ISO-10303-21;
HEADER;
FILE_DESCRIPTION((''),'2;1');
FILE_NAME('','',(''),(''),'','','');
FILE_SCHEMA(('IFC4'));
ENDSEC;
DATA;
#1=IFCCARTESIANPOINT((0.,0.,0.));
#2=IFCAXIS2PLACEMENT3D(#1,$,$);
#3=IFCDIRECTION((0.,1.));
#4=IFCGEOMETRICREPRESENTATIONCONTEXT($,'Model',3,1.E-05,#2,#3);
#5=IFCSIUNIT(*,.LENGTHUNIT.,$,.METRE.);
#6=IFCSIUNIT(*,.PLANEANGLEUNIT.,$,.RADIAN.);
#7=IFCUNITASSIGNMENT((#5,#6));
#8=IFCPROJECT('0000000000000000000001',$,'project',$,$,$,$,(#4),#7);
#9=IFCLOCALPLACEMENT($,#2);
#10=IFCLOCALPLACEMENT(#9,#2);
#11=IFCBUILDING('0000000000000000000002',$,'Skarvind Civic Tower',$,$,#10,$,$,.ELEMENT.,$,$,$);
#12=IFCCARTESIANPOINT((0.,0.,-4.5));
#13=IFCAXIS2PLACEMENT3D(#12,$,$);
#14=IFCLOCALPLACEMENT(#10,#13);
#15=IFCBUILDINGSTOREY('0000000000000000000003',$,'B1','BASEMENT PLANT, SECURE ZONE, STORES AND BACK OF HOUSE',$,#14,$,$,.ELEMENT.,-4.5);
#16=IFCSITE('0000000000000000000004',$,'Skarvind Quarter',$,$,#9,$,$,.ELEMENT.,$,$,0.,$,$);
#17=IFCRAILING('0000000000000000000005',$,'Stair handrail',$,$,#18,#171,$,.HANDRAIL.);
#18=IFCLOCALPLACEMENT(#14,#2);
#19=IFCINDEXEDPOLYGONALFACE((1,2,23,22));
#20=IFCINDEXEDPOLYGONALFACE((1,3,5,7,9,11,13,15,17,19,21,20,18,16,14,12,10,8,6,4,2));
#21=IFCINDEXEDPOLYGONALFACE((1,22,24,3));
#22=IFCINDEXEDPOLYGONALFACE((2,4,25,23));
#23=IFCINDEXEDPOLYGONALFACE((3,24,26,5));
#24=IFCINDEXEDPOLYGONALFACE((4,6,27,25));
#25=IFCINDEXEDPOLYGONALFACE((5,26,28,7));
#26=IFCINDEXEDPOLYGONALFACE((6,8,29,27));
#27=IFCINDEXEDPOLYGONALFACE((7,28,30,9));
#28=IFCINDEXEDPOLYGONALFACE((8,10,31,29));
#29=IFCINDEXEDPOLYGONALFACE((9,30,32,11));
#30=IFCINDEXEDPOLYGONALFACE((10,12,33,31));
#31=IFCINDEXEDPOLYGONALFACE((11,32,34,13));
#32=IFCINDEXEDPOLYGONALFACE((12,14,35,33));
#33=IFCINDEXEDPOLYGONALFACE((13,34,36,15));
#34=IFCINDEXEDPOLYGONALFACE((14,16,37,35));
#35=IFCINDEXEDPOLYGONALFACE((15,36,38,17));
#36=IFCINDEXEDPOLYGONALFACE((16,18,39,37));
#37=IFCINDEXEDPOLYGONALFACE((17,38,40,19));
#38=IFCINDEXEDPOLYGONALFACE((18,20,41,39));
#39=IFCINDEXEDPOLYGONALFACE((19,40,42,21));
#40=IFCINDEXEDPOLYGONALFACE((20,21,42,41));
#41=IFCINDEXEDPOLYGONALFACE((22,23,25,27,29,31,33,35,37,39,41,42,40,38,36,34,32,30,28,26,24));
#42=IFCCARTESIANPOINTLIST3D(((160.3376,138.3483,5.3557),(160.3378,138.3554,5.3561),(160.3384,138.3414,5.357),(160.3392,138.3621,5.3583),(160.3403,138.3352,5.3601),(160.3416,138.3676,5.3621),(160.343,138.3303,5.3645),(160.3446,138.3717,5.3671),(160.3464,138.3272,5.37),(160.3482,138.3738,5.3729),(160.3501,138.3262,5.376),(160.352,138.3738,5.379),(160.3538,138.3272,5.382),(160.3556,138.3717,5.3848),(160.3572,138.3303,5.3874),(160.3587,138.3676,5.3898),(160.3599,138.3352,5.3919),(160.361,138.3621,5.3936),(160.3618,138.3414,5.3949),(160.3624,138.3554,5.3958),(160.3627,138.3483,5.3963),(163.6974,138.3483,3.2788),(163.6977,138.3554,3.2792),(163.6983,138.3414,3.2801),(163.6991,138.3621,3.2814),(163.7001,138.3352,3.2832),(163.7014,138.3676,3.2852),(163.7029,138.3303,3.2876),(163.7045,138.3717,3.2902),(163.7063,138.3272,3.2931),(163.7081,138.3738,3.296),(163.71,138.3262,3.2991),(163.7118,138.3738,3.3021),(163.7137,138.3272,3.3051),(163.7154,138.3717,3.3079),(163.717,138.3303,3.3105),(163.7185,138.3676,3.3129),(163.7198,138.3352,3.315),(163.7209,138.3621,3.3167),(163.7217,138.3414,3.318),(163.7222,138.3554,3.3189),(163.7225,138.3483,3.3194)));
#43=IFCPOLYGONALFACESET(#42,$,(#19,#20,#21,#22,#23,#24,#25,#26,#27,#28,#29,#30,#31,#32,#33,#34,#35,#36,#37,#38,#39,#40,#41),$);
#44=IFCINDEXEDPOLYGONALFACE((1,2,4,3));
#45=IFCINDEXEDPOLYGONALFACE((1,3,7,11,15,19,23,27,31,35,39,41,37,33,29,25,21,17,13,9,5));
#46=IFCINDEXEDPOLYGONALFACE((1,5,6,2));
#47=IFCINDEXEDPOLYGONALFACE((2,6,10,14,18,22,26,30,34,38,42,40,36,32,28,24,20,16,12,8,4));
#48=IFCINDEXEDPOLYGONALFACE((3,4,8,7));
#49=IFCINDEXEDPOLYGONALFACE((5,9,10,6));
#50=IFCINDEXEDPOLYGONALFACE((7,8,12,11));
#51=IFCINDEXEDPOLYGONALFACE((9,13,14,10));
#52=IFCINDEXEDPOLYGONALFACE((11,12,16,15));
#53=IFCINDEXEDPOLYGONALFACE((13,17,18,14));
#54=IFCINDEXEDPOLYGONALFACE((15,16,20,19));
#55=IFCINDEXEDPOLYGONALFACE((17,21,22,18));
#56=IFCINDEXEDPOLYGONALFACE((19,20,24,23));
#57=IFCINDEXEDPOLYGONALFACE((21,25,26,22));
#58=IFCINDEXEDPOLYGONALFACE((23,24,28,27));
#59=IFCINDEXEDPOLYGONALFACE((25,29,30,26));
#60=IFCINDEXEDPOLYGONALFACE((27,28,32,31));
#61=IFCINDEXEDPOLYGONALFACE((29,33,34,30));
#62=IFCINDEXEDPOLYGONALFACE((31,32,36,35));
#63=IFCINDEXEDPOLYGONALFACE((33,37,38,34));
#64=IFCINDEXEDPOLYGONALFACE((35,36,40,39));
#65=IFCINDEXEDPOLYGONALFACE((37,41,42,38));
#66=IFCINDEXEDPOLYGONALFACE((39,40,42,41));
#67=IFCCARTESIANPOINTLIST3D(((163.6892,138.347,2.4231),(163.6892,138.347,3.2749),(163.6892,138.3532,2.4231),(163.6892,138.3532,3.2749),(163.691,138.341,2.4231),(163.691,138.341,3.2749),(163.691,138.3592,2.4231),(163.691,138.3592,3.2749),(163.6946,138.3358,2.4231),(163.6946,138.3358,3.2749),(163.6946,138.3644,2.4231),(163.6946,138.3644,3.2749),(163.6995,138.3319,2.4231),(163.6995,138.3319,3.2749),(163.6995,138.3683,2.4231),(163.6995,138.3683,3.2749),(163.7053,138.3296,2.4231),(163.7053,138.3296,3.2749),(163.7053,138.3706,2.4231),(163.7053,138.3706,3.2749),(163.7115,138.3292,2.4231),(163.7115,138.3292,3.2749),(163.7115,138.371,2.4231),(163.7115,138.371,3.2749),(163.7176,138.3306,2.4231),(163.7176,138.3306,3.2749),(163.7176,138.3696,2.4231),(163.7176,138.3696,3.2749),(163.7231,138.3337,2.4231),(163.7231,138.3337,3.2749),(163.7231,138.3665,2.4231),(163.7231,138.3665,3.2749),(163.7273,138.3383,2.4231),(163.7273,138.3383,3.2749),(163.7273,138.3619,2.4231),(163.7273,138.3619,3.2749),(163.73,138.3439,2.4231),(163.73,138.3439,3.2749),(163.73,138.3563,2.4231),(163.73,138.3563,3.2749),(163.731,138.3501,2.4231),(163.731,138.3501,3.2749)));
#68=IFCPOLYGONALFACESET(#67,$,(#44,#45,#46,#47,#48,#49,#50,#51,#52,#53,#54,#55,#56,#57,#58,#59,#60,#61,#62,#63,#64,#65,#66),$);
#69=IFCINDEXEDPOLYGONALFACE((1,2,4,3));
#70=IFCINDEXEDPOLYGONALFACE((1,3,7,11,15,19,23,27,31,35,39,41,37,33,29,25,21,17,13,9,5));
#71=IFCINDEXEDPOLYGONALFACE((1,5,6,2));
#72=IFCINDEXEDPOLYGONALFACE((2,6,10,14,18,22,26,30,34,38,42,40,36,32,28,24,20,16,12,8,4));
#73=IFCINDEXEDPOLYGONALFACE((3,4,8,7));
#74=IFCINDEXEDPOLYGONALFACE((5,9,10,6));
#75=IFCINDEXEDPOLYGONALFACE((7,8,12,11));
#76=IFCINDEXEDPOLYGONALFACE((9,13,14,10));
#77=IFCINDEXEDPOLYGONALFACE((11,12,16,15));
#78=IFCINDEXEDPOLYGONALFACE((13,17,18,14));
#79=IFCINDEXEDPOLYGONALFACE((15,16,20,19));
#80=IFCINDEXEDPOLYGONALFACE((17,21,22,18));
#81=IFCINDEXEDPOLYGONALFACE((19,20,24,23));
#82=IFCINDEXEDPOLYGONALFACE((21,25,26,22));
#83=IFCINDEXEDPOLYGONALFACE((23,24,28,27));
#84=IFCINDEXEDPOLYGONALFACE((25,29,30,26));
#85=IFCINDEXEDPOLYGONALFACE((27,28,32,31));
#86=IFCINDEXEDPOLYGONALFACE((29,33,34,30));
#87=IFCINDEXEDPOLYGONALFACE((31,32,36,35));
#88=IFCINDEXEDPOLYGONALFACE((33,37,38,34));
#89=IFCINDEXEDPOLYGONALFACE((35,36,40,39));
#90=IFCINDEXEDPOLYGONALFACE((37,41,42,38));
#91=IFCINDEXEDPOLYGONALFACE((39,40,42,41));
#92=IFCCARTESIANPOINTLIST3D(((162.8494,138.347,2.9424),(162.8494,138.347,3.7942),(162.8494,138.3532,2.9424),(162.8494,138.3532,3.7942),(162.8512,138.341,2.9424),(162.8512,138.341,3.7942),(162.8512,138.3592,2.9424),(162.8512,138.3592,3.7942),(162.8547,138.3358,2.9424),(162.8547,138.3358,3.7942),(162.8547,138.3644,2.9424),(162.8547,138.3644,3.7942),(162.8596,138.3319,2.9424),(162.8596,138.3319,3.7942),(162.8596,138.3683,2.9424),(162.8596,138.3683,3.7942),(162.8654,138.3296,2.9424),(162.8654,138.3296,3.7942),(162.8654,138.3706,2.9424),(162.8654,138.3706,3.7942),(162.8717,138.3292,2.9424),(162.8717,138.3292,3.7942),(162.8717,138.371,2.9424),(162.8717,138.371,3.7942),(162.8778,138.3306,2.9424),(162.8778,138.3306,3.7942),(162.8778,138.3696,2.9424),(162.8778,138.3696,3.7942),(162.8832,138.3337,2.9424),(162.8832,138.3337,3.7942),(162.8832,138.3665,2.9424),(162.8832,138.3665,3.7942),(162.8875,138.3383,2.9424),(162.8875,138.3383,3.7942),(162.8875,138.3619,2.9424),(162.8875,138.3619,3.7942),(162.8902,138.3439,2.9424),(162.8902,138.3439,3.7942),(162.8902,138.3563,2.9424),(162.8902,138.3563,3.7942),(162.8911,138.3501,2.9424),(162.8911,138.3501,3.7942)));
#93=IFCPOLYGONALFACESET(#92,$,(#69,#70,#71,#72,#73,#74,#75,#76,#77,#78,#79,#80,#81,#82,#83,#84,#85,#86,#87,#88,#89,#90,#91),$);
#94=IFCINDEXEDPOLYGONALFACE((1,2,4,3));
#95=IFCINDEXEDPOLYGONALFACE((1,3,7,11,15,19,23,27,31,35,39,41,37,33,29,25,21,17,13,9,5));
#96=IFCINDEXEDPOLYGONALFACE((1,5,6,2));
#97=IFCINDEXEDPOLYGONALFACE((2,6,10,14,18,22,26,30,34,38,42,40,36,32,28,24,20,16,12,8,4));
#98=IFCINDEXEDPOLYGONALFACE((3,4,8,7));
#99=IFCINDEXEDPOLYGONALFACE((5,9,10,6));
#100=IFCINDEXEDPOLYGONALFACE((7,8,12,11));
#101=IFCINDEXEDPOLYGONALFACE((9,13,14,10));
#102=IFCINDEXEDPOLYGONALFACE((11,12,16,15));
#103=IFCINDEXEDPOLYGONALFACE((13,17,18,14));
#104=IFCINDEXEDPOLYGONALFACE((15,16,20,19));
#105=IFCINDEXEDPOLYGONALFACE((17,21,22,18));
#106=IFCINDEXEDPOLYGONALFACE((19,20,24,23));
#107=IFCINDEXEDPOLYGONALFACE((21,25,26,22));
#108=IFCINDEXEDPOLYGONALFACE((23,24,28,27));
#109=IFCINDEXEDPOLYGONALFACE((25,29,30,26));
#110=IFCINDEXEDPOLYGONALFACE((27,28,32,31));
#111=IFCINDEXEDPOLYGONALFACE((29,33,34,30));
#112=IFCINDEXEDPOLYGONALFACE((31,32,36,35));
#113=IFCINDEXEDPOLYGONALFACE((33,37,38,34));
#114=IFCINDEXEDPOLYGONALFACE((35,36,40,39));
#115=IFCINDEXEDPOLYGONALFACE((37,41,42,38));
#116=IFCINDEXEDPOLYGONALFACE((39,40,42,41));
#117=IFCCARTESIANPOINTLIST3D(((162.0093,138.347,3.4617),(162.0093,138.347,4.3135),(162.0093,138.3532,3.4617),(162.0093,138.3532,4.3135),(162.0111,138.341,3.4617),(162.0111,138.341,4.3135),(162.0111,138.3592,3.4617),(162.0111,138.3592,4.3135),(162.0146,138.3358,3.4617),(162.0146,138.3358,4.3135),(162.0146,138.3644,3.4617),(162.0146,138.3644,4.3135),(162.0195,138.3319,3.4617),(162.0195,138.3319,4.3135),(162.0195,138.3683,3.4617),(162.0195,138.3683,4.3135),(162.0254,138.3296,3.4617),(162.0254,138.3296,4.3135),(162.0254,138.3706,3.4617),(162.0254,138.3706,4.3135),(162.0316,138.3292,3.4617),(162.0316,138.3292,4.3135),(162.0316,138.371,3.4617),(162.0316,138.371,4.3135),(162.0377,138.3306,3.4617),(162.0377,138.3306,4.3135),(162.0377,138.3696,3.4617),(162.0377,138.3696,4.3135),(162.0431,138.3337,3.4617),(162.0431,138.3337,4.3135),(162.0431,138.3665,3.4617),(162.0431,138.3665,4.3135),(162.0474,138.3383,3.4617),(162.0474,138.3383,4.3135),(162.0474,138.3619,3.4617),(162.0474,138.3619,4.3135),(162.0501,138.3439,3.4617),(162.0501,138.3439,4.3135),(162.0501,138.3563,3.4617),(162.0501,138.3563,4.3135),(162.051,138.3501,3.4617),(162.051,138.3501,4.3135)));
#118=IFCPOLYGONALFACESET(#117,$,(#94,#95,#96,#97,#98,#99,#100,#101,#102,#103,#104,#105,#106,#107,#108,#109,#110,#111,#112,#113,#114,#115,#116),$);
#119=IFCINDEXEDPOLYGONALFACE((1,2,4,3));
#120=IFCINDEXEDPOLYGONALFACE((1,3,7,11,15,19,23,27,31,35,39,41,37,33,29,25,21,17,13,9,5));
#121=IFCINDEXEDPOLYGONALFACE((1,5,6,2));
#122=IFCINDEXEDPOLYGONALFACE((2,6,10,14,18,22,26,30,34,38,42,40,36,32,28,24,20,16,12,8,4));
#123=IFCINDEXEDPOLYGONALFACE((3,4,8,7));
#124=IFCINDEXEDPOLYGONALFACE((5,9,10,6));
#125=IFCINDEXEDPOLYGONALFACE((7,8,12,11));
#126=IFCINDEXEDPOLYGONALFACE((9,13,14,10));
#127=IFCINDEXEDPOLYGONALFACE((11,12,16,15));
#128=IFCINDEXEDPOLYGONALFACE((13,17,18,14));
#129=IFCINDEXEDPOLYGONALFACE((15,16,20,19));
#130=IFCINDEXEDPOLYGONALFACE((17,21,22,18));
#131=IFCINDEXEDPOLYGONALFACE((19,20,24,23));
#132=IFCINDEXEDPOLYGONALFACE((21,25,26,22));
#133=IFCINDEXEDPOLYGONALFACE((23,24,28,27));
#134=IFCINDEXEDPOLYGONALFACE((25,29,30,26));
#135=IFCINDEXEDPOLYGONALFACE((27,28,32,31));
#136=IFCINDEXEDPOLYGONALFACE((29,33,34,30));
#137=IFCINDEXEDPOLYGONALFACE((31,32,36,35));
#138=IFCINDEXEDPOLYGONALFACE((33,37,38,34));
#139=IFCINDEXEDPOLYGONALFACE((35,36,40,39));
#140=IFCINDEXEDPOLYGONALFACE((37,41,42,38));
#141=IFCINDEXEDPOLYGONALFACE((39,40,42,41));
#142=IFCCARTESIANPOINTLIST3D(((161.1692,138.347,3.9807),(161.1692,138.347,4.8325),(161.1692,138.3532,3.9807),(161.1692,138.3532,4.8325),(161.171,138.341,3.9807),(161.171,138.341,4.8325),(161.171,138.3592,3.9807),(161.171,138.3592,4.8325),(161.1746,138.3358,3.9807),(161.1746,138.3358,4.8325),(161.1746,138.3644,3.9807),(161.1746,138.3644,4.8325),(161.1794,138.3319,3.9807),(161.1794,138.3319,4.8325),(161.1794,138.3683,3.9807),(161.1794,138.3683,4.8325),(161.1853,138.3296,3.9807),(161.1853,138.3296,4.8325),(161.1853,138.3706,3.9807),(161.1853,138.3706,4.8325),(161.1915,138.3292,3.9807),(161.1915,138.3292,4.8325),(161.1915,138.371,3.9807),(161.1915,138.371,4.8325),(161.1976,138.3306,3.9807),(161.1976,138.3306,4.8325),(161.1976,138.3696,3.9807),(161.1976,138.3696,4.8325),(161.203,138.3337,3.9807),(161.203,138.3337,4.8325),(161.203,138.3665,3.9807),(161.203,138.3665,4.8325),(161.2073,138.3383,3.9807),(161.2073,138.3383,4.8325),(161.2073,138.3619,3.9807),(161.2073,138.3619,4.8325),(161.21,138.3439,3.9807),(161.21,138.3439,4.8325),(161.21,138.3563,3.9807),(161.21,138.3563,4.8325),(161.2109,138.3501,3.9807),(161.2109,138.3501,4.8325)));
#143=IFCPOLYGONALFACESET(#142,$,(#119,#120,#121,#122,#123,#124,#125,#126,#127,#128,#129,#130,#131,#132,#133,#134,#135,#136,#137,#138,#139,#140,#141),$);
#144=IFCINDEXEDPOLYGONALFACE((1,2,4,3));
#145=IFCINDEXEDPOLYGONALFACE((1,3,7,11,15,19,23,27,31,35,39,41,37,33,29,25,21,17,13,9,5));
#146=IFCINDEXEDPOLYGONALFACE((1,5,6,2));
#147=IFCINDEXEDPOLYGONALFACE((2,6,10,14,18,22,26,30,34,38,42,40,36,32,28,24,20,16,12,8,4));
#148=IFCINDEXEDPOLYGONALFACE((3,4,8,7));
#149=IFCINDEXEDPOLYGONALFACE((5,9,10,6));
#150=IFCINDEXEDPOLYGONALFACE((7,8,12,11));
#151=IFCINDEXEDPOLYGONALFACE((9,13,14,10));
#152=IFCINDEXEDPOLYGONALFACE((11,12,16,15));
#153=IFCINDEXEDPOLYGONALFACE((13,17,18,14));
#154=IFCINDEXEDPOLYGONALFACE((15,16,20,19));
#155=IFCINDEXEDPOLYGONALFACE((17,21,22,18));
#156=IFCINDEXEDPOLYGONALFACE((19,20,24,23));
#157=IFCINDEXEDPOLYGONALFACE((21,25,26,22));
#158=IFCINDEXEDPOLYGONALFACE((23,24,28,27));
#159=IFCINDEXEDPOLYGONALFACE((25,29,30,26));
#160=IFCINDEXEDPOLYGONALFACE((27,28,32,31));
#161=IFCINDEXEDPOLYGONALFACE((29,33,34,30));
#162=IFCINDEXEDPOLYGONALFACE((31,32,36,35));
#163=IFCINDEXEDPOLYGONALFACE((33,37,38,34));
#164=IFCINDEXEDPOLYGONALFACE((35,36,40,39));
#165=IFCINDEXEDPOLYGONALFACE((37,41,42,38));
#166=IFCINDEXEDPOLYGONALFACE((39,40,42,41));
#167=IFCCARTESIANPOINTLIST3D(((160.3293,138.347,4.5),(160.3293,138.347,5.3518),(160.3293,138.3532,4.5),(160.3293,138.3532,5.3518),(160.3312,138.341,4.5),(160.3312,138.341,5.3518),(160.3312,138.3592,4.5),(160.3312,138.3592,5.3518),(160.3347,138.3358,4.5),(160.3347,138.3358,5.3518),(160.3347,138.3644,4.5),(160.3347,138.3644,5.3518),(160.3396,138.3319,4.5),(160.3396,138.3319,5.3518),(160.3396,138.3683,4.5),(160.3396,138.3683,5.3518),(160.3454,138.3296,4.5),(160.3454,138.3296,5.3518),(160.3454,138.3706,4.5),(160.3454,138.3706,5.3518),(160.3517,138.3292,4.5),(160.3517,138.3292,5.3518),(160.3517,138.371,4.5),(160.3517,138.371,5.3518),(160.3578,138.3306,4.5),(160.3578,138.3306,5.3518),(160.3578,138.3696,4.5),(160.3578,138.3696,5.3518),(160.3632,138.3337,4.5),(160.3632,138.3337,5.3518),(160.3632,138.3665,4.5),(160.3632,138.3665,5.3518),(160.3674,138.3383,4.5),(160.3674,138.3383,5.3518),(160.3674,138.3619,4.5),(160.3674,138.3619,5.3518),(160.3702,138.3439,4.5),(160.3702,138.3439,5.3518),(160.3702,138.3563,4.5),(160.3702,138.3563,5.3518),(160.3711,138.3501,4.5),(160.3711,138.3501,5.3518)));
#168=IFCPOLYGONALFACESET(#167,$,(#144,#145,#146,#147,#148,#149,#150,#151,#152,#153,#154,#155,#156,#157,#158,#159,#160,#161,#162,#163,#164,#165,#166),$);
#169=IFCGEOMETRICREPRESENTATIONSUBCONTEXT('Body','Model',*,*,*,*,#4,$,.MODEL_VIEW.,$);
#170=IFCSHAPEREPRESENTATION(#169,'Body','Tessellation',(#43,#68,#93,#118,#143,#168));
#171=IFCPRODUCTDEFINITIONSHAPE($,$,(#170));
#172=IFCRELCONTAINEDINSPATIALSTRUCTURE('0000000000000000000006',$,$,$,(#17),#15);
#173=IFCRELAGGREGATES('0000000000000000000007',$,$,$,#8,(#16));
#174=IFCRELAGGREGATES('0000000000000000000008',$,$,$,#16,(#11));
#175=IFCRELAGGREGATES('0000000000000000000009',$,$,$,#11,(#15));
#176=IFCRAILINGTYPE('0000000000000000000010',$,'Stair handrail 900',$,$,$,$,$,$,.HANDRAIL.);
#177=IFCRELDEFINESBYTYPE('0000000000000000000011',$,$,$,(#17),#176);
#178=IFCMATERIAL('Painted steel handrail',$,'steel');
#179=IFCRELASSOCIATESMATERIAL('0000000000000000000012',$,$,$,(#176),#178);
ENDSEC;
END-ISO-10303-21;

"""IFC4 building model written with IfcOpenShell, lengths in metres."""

from ifc_helpers import new_model, si_unit, direction, frame, origin, origin_2d, place, context, subcontext, project, spatial, circle, extrude, material, type_object, element, save


model = new_model("IFC4")

# Units and contexts
model_context = context("Model", 3, precision=1e-05, world=origin(), true_north=direction((0.0, 1.0)))
body_context = subcontext(model_context, "Body", "Model", "MODEL_VIEW")
ifc_project = project(units=[si_unit("LENGTHUNIT", "METRE"), si_unit("PLANEANGLEUNIT", "RADIAN")], contexts=[model_context])

# Site, building, storey
site_placement = place(None, origin())
site = spatial("IfcSite", under=ifc_project, at=site_placement, Name="Skarvind Quarter", CompositionType="ELEMENT", RefElevation=0.0)
building_placement = place(site_placement, origin())
building = spatial("IfcBuilding", under=site, at=building_placement, Name="Skarvind Civic Tower", CompositionType="ELEMENT")
storey_placement = place(building_placement, frame((0.0, 0.0, -4.5)))
storey = spatial("IfcBuildingStorey", under=building, at=storey_placement, Name="B1", Description="BASEMENT PLANT, SECURE ZONE, STORES AND BACK OF HOUSE", CompositionType="ELEMENT", Elevation=-4.5)

# Railing
ifc_material_1 = material(Name="Painted steel handrail", Category="steel")
railing_type = type_object("IfcRailingType", Name="Stair handrail 900", PredefinedType="HANDRAIL", material=ifc_material_1)
railing_1_placement = place(storey_placement, frame((163.71, 138.3501, 2.4231)))
element("IfcRailing", 1, at=railing_1_placement, inside=storey, type_object=railing_type, Name="Stair handrail", PredefinedType="HANDRAIL", context=body_context, shape_type="SweptSolid", body=[
    extrude(circle(Radius=0.0239, at=origin_2d()), frame((0.0, 0.0, 0.876), z_axis=(-0.850606, 0.0, 0.525803), x_axis=(0.0, -1.0, 0.0)), (0.0, 0.0, 1.0), 3.95),
    extrude(circle(Radius=0.021, at=origin_2d()), origin(), (0.0, 0.0, 1.0), 0.8518),
    extrude(circle(Radius=0.021, at=origin_2d()), frame((-0.8398, 0.0, 0.5193)), (0.0, 0.0, 1.0), 0.8518),
    extrude(circle(Radius=0.021, at=origin_2d()), frame((-1.6799, 0.0, 1.0386)), (0.0, 0.0, 1.0), 0.8518),
    extrude(circle(Radius=0.021, at=origin_2d()), frame((-2.52, 0.0, 1.5576)), (0.0, 0.0, 1.0), 0.8518),
    extrude(circle(Radius=0.021, at=origin_2d()), frame((-3.3599, 0.0, 2.0769)), (0.0, 0.0, 1.0), 0.8518),
])

save(model, "model.ifc")
